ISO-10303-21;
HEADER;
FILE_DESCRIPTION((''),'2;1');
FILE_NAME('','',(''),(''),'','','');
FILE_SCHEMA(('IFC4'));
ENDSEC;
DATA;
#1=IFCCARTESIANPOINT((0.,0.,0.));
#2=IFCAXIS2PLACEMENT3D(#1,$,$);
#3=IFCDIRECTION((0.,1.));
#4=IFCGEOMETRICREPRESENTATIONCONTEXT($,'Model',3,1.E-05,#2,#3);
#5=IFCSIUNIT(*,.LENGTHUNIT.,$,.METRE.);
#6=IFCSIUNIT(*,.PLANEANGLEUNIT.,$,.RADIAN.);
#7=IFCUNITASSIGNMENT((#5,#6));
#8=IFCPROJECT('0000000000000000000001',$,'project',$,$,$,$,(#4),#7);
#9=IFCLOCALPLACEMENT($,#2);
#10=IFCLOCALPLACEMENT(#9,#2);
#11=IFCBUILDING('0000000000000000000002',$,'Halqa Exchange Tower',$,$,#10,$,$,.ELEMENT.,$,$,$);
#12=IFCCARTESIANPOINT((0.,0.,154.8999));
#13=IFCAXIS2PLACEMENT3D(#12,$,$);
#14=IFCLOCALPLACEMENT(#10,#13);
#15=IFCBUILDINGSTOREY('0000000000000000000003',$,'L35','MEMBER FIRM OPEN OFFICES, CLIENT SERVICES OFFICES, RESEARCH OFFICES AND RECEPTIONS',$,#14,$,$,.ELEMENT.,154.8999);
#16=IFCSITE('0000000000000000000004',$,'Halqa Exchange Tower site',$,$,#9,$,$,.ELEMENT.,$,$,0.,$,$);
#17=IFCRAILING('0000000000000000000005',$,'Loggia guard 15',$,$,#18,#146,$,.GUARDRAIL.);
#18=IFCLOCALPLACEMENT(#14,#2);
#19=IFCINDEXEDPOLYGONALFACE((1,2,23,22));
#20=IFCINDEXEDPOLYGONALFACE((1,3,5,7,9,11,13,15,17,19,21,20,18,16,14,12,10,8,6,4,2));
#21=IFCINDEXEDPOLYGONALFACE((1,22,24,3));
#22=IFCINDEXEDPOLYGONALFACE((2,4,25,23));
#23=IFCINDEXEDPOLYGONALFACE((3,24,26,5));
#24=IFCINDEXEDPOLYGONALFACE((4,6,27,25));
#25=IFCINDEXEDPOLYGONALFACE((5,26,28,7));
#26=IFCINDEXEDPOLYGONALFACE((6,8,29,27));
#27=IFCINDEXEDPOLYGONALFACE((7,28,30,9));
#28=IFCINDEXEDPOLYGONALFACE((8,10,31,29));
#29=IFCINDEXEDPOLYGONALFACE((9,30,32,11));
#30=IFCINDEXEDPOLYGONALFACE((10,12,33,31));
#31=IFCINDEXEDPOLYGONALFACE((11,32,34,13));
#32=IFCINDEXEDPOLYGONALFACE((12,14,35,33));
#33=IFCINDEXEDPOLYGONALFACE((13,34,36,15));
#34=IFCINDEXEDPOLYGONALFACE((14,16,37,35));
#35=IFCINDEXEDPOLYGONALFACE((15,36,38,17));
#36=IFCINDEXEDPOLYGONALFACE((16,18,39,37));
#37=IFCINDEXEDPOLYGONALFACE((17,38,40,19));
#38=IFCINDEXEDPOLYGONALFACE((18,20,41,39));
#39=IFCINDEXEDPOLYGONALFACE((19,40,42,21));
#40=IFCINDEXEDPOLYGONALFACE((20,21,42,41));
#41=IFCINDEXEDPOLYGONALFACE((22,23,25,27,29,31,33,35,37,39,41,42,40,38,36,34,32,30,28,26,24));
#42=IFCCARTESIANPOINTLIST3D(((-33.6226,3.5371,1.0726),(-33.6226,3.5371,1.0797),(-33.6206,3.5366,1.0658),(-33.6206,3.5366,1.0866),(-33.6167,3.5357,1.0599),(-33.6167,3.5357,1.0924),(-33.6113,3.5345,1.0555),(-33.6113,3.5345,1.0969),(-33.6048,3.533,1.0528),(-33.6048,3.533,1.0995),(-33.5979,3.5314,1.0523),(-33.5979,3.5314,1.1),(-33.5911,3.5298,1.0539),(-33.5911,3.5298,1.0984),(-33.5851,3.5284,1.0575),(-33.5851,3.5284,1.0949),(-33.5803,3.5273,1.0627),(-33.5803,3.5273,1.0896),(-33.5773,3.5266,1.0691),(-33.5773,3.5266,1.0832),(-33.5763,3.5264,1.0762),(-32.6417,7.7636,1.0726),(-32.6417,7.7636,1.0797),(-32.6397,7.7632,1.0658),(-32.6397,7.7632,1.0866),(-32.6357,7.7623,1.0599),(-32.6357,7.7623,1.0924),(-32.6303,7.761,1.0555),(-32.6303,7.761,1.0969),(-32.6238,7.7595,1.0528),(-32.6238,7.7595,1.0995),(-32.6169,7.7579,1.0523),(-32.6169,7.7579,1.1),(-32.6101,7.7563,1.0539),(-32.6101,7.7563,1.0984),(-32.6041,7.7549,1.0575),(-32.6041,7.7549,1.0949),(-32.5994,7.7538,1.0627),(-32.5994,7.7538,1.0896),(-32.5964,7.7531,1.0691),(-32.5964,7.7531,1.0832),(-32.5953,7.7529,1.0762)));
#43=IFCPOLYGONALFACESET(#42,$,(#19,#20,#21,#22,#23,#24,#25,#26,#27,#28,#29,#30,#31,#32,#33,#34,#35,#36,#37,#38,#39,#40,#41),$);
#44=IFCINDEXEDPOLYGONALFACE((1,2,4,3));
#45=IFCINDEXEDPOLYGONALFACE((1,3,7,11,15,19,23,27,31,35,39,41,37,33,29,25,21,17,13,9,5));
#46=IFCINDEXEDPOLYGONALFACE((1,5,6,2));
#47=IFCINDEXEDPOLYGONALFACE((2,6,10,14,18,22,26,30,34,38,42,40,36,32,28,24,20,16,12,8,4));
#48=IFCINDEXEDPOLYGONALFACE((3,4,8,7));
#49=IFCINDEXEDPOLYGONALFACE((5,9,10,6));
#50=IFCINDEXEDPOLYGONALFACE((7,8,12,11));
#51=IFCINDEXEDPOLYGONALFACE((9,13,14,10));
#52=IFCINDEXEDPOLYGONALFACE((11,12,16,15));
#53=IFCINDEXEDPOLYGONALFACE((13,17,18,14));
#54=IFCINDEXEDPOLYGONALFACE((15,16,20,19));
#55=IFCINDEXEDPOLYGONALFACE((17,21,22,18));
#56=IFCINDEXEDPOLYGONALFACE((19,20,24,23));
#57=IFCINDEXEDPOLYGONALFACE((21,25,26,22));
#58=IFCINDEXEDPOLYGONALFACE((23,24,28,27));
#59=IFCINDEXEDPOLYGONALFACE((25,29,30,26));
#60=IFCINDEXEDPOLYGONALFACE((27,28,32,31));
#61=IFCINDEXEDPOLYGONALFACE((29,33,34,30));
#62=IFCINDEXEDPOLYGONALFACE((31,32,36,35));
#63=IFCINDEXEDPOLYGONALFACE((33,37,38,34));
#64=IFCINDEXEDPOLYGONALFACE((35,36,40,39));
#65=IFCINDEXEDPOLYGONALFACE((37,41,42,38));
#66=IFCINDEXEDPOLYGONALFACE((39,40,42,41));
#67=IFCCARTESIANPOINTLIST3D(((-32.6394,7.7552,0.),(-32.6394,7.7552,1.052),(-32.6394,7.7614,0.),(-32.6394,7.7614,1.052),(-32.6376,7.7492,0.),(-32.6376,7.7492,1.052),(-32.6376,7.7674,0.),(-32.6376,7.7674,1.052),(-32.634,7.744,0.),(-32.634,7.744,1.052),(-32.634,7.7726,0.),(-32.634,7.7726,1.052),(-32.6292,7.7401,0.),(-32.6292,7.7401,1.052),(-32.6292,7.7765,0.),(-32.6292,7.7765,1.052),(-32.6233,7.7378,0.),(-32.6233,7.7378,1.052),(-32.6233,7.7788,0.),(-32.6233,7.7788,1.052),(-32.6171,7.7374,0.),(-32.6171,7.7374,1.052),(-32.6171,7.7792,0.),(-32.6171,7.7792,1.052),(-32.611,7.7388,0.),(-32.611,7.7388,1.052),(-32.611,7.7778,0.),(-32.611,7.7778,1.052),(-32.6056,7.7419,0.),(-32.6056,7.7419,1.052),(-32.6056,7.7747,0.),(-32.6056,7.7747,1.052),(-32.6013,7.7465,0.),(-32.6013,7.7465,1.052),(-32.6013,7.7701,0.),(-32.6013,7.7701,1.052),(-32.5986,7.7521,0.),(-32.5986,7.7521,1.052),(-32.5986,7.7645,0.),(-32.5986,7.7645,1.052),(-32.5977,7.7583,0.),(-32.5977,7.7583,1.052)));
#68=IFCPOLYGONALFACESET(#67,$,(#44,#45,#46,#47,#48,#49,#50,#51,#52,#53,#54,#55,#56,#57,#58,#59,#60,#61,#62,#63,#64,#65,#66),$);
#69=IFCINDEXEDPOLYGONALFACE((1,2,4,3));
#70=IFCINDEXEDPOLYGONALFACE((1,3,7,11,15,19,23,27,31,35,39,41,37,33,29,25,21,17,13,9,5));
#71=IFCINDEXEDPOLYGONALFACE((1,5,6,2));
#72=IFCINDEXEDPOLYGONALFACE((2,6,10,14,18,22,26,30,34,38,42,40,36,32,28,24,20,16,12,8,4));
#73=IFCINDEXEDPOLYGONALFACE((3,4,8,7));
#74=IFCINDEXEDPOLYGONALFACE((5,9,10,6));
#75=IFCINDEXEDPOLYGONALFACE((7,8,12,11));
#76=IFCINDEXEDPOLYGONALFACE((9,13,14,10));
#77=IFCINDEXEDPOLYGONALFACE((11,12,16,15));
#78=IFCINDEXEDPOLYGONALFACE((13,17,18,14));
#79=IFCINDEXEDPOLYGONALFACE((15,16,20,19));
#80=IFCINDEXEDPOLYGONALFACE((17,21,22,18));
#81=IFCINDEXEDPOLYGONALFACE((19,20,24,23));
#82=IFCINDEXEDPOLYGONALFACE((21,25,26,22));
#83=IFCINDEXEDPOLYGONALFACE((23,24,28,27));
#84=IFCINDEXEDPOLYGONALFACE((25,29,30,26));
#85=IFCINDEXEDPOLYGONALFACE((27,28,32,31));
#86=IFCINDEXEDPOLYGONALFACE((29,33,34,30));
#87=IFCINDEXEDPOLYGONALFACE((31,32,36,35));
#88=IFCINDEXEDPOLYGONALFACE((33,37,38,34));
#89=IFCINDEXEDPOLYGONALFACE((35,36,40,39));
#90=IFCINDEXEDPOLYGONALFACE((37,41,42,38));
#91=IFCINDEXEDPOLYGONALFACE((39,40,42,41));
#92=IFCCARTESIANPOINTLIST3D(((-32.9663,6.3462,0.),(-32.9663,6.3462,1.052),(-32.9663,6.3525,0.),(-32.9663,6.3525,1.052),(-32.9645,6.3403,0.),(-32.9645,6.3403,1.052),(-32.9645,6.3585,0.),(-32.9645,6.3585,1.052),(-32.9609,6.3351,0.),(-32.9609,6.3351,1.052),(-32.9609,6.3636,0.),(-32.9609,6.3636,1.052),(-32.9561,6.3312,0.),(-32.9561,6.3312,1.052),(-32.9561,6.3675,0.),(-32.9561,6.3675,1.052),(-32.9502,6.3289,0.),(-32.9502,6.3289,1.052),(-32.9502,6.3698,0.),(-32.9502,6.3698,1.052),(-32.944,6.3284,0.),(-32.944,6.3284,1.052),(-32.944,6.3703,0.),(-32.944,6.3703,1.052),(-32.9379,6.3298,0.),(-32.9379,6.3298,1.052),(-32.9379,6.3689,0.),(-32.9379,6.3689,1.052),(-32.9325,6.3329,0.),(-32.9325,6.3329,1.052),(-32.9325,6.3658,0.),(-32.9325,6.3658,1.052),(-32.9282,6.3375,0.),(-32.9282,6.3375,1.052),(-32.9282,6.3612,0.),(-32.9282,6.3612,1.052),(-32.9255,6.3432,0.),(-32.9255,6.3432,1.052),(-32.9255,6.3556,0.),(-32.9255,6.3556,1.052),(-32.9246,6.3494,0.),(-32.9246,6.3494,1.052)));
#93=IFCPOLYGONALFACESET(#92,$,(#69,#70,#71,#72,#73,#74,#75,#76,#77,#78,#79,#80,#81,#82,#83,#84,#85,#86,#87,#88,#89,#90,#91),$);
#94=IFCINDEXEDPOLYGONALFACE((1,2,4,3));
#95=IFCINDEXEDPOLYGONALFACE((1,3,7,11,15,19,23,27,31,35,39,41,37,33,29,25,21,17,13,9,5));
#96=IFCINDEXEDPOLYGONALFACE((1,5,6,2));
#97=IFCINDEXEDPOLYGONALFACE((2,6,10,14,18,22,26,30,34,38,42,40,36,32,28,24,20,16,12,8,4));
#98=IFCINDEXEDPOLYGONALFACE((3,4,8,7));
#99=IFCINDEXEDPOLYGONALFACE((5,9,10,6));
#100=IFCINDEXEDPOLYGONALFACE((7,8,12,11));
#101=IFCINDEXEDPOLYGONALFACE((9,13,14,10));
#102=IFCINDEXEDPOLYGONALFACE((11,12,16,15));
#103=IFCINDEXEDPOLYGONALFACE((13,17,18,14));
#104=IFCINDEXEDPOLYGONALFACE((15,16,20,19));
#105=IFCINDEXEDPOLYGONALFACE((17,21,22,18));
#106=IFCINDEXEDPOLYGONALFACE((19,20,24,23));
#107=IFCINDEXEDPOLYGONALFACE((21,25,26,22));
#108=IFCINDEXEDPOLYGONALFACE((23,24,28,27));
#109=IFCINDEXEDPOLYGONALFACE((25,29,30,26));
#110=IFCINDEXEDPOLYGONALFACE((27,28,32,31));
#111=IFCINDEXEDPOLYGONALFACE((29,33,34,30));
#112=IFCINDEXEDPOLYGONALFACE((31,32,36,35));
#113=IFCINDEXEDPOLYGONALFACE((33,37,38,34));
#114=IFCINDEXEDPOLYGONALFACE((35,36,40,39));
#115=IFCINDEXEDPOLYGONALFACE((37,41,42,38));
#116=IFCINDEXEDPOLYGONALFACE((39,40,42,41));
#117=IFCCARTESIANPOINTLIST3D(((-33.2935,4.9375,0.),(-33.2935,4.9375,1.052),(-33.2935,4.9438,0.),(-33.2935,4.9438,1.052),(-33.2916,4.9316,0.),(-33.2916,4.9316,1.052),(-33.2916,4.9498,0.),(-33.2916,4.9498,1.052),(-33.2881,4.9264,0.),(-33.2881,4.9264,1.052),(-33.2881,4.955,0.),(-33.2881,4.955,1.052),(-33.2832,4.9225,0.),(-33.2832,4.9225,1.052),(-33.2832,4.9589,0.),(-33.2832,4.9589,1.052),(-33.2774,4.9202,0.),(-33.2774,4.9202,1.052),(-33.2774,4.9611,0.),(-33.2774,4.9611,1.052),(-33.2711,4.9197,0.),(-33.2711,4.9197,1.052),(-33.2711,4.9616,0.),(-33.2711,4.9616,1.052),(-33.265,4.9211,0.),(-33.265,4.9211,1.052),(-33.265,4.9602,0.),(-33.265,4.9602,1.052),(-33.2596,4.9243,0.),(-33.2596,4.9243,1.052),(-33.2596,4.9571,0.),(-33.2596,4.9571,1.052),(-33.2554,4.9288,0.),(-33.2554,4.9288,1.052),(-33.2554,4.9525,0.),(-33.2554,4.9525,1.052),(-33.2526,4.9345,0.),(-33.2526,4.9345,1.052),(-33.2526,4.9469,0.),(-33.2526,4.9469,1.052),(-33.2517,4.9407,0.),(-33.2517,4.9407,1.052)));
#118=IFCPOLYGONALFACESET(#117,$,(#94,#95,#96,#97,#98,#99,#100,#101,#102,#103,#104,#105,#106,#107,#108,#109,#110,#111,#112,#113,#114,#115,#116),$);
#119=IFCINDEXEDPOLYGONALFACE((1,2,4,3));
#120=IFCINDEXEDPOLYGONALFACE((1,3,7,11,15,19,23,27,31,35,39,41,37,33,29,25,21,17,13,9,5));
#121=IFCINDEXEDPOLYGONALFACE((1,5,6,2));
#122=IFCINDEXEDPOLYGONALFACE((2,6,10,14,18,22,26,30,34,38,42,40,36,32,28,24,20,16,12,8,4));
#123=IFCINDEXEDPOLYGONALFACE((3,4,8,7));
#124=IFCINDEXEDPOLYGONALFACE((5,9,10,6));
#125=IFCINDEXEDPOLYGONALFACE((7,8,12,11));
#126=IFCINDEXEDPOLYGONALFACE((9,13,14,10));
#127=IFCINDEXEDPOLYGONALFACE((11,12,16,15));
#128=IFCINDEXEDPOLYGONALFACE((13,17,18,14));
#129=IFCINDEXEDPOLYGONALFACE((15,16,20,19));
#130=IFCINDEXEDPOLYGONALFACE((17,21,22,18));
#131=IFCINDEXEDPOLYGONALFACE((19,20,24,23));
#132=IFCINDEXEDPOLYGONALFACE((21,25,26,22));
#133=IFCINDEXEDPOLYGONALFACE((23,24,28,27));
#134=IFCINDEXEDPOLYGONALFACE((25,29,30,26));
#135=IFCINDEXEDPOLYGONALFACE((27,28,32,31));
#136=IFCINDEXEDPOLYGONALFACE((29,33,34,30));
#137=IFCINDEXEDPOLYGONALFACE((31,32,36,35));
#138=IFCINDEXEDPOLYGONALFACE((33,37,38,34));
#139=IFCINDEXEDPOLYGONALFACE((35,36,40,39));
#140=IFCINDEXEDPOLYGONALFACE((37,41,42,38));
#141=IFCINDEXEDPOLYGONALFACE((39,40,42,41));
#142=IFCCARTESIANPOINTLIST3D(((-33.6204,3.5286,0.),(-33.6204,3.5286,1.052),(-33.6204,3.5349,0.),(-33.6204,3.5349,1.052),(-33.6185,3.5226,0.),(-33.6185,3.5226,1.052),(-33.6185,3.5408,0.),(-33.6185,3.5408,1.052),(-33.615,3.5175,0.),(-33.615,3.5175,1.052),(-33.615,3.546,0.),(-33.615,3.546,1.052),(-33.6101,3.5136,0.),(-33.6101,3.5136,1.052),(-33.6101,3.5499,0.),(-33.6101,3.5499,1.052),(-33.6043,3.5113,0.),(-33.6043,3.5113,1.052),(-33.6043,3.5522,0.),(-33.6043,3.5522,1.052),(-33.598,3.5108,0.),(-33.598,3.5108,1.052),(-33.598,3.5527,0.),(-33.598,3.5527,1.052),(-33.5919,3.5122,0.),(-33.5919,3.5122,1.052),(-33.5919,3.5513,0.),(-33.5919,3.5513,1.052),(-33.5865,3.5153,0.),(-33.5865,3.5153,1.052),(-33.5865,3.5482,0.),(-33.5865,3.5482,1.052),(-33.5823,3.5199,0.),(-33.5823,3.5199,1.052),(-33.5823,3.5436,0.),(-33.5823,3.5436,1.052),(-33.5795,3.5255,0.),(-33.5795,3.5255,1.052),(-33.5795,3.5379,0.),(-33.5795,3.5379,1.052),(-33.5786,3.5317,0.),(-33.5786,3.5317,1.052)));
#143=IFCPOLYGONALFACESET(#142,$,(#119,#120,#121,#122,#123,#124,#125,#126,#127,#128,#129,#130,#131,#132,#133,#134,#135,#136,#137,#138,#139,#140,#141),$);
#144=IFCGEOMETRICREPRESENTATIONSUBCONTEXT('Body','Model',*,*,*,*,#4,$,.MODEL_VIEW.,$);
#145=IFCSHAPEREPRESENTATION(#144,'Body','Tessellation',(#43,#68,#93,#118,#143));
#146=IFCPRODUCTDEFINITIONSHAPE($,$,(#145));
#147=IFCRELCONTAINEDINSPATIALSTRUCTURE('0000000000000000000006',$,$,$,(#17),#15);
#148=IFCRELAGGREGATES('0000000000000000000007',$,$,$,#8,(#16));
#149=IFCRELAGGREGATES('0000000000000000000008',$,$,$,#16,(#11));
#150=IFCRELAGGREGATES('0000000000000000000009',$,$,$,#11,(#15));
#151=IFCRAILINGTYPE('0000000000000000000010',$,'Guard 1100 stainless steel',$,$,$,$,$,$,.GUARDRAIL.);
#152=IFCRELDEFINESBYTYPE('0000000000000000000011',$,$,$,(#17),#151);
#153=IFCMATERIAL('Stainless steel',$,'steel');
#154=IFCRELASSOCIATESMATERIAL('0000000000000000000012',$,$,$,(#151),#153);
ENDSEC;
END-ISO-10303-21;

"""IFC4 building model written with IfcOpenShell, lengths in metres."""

from ifc_helpers import new_model, si_unit, direction, frame, origin, origin_2d, place, context, subcontext, project, spatial, circle, extrude, material, type_object, element, save


model = new_model("IFC4")

# Units and contexts
model_context = context("Model", 3, precision=1e-05, world=origin(), true_north=direction((0.0, 1.0)))
body_context = subcontext(model_context, "Body", "Model", "MODEL_VIEW")
ifc_project = project(units=[si_unit("LENGTHUNIT", "METRE"), si_unit("PLANEANGLEUNIT", "RADIAN")], contexts=[model_context])

# Site, building, storey
site_placement = place(None, origin())
site = spatial("IfcSite", under=ifc_project, at=site_placement, Name="Halqa Exchange Tower site", CompositionType="ELEMENT", RefElevation=0.0)
building_placement = place(site_placement, origin())
building = spatial("IfcBuilding", under=site, at=building_placement, Name="Halqa Exchange Tower", CompositionType="ELEMENT")
storey_placement = place(building_placement, frame((0.0, 0.0, 154.8999)))
storey = spatial("IfcBuildingStorey", under=building, at=storey_placement, Name="L35", Description="MEMBER FIRM OPEN OFFICES, CLIENT SERVICES OFFICES, RESEARCH OFFICES AND RECEPTIONS", CompositionType="ELEMENT", Elevation=154.8999)

# Railing
ifc_material_1 = material(Name="Stainless steel", Category="steel")
railing_type = type_object("IfcRailingType", Name="Guard 1100 stainless steel", PredefinedType="GUARDRAIL", material=ifc_material_1)
railing_1_placement = place(storey_placement, frame((-32.6187, 7.7583, 0.0)))
element("IfcRailing", 1, at=railing_1_placement, inside=storey, type_object=railing_type, Name="Loggia guard 15", PredefinedType="GUARDRAIL", context=body_context, shape_type="SweptSolid", body=[
    extrude(circle(Radius=0.0239, at=origin_2d()), frame((0.0, 0.0, 1.0762), z_axis=(-0.226084, -0.974108, 0.0), x_axis=(0.974108, -0.226084, 0.0)), (0.0, 0.0, 1.0), 4.3389),
    extrude(circle(Radius=0.021, at=origin_2d()), origin(), (0.0, 0.0, 1.0), 1.052),
    extrude(circle(Radius=0.021, at=origin_2d()), frame((-0.3269, -1.4089, 0.0)), (0.0, 0.0, 1.0), 1.052),
    extrude(circle(Radius=0.021, at=origin_2d()), frame((-0.6541, -2.8176, 0.0)), (0.0, 0.0, 1.0), 1.052),
    extrude(circle(Radius=0.021, at=origin_2d()), frame((-0.981, -4.2266, 0.0)), (0.0, 0.0, 1.0), 1.052),
])

save(model, "model.ifc")
